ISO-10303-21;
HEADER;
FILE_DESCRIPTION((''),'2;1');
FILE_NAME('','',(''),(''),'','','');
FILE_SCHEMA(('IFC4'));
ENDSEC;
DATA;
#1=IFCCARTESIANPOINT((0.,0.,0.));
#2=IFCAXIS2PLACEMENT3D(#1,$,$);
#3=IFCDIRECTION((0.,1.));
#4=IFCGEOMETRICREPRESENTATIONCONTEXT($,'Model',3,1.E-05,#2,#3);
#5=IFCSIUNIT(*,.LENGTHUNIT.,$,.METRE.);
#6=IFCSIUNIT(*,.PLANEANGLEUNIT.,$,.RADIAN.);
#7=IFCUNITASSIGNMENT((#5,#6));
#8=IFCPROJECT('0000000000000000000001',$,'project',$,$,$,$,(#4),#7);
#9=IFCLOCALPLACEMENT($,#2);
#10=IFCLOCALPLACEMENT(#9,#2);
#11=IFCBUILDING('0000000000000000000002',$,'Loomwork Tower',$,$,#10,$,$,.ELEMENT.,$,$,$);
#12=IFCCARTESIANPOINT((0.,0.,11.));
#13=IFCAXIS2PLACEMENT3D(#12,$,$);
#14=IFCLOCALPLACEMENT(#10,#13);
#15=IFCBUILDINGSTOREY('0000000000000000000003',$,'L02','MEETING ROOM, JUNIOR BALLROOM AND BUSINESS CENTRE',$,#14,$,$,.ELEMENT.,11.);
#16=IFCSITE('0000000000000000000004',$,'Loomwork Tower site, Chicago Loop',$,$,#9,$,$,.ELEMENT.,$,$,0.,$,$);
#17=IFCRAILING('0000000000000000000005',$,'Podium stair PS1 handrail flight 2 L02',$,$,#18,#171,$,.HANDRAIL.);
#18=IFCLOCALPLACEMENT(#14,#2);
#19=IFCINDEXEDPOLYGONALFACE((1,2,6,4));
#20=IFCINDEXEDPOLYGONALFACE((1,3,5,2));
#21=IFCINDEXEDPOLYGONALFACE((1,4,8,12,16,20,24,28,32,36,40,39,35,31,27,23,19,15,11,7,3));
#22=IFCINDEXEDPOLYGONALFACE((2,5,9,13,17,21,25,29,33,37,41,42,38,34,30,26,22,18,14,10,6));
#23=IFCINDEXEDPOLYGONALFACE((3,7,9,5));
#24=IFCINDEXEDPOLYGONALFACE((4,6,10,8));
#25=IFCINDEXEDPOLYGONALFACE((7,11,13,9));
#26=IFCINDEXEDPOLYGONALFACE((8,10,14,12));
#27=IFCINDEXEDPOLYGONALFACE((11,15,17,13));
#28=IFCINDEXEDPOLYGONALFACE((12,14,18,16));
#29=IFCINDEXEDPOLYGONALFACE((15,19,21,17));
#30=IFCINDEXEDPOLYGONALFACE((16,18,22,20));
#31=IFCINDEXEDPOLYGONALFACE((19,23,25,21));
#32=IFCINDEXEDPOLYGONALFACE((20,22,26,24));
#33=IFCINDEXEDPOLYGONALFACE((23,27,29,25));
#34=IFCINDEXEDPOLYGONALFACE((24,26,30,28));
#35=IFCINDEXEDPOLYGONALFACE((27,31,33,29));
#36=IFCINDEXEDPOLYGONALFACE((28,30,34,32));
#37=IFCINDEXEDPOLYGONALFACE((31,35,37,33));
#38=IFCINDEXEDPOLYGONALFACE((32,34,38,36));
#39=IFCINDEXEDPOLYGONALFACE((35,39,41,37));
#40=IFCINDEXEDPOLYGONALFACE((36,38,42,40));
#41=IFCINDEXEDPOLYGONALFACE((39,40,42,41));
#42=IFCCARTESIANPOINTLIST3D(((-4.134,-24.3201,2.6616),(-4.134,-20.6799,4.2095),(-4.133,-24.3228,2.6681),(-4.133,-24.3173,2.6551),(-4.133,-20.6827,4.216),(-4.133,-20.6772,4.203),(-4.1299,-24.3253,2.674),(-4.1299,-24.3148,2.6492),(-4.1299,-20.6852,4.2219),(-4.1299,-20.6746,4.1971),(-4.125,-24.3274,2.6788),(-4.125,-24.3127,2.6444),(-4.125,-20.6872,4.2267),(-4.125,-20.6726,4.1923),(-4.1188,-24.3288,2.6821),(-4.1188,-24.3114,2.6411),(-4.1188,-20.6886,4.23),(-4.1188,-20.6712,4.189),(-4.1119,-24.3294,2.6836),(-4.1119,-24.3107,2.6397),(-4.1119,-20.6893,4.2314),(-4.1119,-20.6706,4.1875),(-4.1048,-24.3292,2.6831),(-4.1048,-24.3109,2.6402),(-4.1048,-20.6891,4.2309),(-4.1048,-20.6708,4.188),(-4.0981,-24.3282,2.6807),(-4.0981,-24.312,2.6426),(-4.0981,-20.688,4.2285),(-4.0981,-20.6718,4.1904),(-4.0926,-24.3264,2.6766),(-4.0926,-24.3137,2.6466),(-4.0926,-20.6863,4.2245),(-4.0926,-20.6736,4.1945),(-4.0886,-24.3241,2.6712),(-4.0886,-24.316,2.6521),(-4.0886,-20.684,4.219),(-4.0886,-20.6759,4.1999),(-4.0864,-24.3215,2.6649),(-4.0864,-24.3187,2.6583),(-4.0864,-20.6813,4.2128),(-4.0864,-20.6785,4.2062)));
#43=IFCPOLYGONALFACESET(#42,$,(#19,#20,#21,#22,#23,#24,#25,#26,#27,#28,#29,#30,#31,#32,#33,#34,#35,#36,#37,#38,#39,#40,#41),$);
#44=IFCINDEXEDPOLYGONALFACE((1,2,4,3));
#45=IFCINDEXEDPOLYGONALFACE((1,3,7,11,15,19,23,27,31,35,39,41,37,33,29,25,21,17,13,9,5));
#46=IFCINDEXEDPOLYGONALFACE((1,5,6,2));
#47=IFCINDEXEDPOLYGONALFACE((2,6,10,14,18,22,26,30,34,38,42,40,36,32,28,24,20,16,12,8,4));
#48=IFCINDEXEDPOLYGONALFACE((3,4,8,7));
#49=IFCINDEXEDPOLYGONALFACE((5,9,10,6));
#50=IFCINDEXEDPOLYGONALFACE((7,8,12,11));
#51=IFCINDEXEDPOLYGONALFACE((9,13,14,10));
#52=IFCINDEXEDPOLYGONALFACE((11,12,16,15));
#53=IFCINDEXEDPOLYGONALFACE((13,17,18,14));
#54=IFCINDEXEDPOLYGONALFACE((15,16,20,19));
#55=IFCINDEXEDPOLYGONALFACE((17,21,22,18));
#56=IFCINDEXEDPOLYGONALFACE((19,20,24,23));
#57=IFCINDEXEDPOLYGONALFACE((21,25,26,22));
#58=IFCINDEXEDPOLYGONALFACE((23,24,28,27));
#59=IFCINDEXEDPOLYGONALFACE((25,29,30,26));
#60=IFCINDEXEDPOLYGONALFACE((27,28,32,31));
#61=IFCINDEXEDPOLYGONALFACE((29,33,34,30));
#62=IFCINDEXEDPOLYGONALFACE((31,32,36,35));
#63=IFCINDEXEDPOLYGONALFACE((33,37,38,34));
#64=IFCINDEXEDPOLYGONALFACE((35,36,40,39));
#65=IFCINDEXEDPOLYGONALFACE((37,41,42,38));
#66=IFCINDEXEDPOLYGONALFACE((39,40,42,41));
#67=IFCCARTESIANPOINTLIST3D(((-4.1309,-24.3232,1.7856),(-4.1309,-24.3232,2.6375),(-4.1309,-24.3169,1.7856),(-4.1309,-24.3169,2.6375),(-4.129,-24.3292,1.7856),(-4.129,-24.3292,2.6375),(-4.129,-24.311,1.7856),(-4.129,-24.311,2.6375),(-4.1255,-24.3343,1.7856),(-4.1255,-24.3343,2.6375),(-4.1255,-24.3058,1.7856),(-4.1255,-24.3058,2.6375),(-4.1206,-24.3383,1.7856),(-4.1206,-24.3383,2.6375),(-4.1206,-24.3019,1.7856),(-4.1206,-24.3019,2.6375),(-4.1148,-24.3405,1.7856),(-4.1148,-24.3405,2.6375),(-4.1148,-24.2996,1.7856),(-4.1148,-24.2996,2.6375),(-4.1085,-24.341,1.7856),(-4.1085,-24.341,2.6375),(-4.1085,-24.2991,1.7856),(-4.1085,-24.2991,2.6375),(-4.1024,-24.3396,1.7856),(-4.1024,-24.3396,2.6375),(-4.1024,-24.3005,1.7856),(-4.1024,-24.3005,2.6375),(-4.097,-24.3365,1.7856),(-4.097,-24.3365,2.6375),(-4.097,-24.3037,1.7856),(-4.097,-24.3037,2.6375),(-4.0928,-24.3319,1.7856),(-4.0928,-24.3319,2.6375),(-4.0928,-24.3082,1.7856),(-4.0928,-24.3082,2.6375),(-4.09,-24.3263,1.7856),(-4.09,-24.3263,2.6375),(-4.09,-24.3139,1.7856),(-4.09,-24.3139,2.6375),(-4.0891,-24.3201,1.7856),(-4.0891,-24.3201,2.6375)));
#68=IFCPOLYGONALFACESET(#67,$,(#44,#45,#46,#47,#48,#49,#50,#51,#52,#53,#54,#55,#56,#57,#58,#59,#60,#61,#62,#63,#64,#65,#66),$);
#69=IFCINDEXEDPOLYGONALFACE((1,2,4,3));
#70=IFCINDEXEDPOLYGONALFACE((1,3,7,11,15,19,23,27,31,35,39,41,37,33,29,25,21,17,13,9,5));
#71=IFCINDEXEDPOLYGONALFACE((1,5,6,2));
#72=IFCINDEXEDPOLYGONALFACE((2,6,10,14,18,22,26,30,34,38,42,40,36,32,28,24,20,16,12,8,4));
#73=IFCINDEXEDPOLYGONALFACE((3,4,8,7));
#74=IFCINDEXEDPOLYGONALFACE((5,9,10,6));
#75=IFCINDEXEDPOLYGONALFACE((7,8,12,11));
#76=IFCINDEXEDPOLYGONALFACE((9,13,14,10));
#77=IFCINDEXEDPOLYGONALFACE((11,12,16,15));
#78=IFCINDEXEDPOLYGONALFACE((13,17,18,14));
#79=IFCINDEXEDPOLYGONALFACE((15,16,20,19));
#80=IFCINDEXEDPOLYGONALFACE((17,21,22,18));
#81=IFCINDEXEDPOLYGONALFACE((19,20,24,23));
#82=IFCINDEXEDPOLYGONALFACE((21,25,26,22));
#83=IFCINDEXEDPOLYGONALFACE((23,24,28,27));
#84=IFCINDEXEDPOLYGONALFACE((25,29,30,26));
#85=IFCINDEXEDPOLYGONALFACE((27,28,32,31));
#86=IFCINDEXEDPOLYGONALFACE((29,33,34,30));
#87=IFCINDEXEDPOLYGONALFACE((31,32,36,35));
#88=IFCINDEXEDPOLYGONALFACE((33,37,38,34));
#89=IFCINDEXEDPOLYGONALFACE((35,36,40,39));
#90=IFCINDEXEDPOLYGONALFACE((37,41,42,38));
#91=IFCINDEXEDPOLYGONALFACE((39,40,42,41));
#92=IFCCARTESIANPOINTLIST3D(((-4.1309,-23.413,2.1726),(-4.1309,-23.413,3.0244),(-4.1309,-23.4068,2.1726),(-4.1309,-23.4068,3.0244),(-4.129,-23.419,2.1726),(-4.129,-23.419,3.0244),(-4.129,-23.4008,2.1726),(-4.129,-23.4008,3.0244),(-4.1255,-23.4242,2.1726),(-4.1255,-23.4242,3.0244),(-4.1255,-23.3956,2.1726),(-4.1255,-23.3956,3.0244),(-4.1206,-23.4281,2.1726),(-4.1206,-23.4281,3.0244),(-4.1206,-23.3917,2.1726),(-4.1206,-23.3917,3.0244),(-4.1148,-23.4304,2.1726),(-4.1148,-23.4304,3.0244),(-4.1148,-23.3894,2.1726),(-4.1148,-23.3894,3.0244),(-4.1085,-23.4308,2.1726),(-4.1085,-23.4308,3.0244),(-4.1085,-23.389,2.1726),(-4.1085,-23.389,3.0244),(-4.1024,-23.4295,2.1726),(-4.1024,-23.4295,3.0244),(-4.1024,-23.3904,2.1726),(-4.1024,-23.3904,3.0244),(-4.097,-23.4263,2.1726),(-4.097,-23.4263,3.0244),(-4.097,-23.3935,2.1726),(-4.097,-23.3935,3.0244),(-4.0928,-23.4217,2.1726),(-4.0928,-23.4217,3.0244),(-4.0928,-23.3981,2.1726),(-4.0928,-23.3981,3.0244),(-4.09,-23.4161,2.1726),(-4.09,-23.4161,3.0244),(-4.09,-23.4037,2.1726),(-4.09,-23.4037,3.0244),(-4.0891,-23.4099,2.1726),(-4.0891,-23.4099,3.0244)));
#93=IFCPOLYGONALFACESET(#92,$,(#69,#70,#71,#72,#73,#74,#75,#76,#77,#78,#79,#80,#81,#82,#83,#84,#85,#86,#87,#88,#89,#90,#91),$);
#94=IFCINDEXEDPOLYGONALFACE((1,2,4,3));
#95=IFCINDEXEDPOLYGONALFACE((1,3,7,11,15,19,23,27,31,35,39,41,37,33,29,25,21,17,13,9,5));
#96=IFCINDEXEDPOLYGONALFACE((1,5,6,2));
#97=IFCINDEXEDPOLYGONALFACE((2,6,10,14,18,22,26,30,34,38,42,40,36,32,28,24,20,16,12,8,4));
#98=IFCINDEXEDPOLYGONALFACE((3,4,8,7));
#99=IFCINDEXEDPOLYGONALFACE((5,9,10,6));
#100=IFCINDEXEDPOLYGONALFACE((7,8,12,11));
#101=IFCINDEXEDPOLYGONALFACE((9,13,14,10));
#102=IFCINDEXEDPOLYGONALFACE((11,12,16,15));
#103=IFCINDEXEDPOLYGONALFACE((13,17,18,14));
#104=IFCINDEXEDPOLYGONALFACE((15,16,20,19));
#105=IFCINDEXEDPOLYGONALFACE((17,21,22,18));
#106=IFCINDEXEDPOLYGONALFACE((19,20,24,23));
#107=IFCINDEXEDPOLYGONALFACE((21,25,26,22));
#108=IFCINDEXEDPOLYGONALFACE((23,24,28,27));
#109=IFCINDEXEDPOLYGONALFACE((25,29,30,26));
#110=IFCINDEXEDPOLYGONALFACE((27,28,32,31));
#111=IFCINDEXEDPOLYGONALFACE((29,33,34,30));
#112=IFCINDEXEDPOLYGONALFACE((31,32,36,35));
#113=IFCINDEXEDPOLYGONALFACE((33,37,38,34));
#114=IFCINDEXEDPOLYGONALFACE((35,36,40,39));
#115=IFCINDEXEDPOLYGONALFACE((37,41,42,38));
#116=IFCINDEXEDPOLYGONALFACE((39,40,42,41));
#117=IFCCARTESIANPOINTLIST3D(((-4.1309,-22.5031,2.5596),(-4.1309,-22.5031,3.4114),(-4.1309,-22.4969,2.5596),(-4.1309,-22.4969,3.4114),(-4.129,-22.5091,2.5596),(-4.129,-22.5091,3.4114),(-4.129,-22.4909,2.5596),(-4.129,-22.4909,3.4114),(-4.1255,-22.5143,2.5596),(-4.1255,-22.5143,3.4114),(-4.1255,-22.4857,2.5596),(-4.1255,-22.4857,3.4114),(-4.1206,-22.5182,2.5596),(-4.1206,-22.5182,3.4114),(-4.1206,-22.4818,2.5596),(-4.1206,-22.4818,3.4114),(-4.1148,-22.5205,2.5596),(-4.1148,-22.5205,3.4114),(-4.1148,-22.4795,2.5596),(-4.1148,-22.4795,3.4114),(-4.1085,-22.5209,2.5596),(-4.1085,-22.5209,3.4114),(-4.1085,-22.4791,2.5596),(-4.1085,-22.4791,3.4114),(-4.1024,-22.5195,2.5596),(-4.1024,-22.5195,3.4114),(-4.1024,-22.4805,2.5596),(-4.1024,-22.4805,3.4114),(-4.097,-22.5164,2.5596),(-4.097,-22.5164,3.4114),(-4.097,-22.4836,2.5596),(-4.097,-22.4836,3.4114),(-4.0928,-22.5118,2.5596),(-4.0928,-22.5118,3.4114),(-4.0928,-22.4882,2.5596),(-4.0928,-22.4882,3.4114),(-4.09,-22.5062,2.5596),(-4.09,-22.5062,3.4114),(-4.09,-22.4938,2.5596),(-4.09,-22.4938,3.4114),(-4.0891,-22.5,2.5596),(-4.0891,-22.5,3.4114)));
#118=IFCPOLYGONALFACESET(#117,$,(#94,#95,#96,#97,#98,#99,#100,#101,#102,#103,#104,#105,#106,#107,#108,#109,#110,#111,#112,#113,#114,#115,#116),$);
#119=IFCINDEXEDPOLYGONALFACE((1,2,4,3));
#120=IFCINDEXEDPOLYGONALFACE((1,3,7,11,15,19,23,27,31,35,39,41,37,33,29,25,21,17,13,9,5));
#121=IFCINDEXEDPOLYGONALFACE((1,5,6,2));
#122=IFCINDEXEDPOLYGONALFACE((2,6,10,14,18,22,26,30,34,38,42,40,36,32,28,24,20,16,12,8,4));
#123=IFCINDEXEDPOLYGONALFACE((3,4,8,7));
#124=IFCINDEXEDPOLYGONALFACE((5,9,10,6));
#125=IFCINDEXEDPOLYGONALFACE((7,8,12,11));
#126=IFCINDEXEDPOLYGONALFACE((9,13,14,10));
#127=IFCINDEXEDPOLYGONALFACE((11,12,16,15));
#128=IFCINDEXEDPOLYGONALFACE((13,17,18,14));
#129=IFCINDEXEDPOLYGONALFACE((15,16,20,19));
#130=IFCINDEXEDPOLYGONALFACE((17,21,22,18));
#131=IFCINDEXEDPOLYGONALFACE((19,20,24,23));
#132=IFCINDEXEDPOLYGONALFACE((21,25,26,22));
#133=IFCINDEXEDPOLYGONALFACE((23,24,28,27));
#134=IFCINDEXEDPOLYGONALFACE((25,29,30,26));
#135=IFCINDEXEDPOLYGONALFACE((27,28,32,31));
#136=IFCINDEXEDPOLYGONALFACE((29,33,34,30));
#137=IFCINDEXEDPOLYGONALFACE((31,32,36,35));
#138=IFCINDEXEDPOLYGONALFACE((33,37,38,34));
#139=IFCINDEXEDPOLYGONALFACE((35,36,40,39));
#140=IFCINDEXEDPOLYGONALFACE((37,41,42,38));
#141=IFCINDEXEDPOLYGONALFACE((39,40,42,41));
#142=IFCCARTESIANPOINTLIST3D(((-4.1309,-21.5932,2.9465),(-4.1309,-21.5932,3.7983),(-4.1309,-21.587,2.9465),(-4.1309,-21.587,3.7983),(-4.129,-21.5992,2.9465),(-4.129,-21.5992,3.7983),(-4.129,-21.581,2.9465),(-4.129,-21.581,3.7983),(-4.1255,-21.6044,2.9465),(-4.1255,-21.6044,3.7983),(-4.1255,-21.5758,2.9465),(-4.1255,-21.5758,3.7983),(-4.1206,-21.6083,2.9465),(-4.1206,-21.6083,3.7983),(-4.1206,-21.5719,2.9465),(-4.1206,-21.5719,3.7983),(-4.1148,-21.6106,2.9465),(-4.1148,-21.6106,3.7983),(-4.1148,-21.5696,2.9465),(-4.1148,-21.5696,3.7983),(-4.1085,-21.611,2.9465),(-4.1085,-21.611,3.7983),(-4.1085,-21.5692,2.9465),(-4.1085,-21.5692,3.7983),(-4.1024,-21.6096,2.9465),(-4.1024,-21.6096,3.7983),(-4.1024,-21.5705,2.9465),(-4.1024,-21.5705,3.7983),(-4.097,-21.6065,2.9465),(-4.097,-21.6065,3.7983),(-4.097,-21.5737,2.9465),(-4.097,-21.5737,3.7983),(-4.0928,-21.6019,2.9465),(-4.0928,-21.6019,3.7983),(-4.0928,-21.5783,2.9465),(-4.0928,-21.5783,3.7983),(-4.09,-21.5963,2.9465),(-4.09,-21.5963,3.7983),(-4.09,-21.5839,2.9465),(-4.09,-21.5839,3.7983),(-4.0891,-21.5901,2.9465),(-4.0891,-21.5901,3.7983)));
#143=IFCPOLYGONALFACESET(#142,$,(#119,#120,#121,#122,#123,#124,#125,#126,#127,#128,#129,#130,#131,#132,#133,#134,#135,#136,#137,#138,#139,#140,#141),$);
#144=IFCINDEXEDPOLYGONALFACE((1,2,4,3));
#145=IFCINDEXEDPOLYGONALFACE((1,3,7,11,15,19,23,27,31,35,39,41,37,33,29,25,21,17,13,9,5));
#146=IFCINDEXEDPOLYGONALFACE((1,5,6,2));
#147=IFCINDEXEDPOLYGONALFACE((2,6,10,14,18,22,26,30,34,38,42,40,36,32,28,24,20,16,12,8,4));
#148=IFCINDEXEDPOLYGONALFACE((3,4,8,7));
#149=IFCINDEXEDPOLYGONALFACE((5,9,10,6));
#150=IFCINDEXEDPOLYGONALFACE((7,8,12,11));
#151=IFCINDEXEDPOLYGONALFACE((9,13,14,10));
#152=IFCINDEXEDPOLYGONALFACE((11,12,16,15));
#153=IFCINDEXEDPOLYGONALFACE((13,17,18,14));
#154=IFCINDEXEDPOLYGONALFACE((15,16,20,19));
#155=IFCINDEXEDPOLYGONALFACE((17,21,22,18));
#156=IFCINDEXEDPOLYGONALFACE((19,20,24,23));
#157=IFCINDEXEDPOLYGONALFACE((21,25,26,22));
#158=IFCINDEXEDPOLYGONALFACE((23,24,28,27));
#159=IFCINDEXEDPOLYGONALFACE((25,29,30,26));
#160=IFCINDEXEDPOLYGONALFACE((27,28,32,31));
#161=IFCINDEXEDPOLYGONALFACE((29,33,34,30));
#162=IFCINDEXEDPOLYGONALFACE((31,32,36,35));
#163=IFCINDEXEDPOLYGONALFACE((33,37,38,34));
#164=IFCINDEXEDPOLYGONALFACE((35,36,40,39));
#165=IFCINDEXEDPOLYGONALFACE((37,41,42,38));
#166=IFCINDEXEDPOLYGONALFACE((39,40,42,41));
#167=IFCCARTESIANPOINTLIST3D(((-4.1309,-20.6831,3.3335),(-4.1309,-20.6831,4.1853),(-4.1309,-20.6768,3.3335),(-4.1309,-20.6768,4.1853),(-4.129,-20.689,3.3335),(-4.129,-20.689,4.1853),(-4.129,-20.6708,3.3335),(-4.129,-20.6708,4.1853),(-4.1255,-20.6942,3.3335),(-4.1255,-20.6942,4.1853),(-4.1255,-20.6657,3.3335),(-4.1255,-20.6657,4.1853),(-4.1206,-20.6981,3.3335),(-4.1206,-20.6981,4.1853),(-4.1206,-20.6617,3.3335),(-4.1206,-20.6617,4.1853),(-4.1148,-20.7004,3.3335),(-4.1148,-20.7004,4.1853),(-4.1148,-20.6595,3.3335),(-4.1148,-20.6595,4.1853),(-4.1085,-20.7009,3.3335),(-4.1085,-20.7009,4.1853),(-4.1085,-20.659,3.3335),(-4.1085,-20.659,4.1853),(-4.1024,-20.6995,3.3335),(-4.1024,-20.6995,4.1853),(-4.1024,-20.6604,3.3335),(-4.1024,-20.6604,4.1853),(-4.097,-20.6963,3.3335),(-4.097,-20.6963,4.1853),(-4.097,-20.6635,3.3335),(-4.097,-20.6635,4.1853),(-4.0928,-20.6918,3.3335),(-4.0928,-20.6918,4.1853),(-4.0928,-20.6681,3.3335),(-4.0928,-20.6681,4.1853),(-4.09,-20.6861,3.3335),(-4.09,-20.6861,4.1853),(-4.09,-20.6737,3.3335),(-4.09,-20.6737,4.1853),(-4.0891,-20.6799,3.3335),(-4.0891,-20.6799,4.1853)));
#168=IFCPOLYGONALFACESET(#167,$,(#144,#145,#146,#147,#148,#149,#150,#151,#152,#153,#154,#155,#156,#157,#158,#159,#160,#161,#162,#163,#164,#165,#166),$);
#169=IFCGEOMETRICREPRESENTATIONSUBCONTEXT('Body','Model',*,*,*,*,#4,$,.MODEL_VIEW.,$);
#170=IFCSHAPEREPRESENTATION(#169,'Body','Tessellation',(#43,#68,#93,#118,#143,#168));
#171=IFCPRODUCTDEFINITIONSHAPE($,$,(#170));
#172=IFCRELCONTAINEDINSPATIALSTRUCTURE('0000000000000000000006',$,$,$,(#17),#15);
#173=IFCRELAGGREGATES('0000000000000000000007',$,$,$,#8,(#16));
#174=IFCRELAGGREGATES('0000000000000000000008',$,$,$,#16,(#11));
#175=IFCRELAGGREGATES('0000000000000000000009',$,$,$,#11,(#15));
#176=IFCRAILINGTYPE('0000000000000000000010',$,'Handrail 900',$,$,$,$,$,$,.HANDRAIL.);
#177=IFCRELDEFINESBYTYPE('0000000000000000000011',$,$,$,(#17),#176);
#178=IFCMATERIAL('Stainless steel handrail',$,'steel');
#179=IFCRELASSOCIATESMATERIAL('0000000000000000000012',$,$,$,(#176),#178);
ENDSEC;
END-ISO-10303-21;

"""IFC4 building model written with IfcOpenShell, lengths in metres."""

from ifc_helpers import new_model, si_unit, direction, frame, origin, origin_2d, place, context, subcontext, project, spatial, circle, extrude, material, type_object, element, save


model = new_model("IFC4")

# Units and contexts
model_context = context("Model", 3, precision=1e-05, world=origin(), true_north=direction((0.0, 1.0)))
body_context = subcontext(model_context, "Body", "Model", "MODEL_VIEW")
ifc_project = project(units=[si_unit("LENGTHUNIT", "METRE"), si_unit("PLANEANGLEUNIT", "RADIAN")], contexts=[model_context])

# Site, building, storey
site_placement = place(None, origin())
site = spatial("IfcSite", under=ifc_project, at=site_placement, Name="Loomwork Tower site, Chicago Loop", CompositionType="ELEMENT", RefElevation=0.0)
building_placement = place(site_placement, origin())
building = spatial("IfcBuilding", under=site, at=building_placement, Name="Loomwork Tower", CompositionType="ELEMENT")
storey_placement = place(building_placement, frame((0.0, 0.0, 11.0)))
storey = spatial("IfcBuildingStorey", under=building, at=storey_placement, Name="L02", Description="MEETING ROOM, JUNIOR BALLROOM AND BUSINESS CENTRE", CompositionType="ELEMENT", Elevation=11.0)

# Railing
ifc_material_1 = material(Name="Stainless steel handrail", Category="steel")
railing_type = type_object("IfcRailingType", Name="Handrail 900", PredefinedType="HANDRAIL", material=ifc_material_1)
railing_1_placement = place(storey_placement, frame((-4.1101, -24.3201, 1.7856)))
element("IfcRailing", 1, at=railing_1_placement, inside=storey, type_object=railing_type, Name="Podium stair PS1 handrail flight 2 L02", PredefinedType="HANDRAIL", context=body_context, shape_type="SweptSolid", body=[
    extrude(circle(Radius=0.0239, at=origin_2d()), frame((0.0, 0.0, 0.876), z_axis=(0.0, 0.920259, 0.391311), x_axis=(-1.0, 0.0, 0.0)), (0.0, 0.0, 1.0), 3.9556),
    extrude(circle(Radius=0.021, at=origin_2d()), origin(), (0.0, 0.0, 1.0), 0.8518),
    extrude(circle(Radius=0.021, at=origin_2d()), frame((0.0, 0.9102, 0.387)), (0.0, 0.0, 1.0), 0.8518),
    extrude(circle(Radius=0.021, at=origin_2d()), frame((0.0, 1.8201, 0.7739)), (0.0, 0.0, 1.0), 0.8518),
    extrude(circle(Radius=0.021, at=origin_2d()), frame((0.0, 2.73, 1.1609)), (0.0, 0.0, 1.0), 0.8518),
    extrude(circle(Radius=0.021, at=origin_2d()), frame((0.0, 3.6401, 1.5479)), (0.0, 0.0, 1.0), 0.8518),
])

save(model, "model.ifc")
